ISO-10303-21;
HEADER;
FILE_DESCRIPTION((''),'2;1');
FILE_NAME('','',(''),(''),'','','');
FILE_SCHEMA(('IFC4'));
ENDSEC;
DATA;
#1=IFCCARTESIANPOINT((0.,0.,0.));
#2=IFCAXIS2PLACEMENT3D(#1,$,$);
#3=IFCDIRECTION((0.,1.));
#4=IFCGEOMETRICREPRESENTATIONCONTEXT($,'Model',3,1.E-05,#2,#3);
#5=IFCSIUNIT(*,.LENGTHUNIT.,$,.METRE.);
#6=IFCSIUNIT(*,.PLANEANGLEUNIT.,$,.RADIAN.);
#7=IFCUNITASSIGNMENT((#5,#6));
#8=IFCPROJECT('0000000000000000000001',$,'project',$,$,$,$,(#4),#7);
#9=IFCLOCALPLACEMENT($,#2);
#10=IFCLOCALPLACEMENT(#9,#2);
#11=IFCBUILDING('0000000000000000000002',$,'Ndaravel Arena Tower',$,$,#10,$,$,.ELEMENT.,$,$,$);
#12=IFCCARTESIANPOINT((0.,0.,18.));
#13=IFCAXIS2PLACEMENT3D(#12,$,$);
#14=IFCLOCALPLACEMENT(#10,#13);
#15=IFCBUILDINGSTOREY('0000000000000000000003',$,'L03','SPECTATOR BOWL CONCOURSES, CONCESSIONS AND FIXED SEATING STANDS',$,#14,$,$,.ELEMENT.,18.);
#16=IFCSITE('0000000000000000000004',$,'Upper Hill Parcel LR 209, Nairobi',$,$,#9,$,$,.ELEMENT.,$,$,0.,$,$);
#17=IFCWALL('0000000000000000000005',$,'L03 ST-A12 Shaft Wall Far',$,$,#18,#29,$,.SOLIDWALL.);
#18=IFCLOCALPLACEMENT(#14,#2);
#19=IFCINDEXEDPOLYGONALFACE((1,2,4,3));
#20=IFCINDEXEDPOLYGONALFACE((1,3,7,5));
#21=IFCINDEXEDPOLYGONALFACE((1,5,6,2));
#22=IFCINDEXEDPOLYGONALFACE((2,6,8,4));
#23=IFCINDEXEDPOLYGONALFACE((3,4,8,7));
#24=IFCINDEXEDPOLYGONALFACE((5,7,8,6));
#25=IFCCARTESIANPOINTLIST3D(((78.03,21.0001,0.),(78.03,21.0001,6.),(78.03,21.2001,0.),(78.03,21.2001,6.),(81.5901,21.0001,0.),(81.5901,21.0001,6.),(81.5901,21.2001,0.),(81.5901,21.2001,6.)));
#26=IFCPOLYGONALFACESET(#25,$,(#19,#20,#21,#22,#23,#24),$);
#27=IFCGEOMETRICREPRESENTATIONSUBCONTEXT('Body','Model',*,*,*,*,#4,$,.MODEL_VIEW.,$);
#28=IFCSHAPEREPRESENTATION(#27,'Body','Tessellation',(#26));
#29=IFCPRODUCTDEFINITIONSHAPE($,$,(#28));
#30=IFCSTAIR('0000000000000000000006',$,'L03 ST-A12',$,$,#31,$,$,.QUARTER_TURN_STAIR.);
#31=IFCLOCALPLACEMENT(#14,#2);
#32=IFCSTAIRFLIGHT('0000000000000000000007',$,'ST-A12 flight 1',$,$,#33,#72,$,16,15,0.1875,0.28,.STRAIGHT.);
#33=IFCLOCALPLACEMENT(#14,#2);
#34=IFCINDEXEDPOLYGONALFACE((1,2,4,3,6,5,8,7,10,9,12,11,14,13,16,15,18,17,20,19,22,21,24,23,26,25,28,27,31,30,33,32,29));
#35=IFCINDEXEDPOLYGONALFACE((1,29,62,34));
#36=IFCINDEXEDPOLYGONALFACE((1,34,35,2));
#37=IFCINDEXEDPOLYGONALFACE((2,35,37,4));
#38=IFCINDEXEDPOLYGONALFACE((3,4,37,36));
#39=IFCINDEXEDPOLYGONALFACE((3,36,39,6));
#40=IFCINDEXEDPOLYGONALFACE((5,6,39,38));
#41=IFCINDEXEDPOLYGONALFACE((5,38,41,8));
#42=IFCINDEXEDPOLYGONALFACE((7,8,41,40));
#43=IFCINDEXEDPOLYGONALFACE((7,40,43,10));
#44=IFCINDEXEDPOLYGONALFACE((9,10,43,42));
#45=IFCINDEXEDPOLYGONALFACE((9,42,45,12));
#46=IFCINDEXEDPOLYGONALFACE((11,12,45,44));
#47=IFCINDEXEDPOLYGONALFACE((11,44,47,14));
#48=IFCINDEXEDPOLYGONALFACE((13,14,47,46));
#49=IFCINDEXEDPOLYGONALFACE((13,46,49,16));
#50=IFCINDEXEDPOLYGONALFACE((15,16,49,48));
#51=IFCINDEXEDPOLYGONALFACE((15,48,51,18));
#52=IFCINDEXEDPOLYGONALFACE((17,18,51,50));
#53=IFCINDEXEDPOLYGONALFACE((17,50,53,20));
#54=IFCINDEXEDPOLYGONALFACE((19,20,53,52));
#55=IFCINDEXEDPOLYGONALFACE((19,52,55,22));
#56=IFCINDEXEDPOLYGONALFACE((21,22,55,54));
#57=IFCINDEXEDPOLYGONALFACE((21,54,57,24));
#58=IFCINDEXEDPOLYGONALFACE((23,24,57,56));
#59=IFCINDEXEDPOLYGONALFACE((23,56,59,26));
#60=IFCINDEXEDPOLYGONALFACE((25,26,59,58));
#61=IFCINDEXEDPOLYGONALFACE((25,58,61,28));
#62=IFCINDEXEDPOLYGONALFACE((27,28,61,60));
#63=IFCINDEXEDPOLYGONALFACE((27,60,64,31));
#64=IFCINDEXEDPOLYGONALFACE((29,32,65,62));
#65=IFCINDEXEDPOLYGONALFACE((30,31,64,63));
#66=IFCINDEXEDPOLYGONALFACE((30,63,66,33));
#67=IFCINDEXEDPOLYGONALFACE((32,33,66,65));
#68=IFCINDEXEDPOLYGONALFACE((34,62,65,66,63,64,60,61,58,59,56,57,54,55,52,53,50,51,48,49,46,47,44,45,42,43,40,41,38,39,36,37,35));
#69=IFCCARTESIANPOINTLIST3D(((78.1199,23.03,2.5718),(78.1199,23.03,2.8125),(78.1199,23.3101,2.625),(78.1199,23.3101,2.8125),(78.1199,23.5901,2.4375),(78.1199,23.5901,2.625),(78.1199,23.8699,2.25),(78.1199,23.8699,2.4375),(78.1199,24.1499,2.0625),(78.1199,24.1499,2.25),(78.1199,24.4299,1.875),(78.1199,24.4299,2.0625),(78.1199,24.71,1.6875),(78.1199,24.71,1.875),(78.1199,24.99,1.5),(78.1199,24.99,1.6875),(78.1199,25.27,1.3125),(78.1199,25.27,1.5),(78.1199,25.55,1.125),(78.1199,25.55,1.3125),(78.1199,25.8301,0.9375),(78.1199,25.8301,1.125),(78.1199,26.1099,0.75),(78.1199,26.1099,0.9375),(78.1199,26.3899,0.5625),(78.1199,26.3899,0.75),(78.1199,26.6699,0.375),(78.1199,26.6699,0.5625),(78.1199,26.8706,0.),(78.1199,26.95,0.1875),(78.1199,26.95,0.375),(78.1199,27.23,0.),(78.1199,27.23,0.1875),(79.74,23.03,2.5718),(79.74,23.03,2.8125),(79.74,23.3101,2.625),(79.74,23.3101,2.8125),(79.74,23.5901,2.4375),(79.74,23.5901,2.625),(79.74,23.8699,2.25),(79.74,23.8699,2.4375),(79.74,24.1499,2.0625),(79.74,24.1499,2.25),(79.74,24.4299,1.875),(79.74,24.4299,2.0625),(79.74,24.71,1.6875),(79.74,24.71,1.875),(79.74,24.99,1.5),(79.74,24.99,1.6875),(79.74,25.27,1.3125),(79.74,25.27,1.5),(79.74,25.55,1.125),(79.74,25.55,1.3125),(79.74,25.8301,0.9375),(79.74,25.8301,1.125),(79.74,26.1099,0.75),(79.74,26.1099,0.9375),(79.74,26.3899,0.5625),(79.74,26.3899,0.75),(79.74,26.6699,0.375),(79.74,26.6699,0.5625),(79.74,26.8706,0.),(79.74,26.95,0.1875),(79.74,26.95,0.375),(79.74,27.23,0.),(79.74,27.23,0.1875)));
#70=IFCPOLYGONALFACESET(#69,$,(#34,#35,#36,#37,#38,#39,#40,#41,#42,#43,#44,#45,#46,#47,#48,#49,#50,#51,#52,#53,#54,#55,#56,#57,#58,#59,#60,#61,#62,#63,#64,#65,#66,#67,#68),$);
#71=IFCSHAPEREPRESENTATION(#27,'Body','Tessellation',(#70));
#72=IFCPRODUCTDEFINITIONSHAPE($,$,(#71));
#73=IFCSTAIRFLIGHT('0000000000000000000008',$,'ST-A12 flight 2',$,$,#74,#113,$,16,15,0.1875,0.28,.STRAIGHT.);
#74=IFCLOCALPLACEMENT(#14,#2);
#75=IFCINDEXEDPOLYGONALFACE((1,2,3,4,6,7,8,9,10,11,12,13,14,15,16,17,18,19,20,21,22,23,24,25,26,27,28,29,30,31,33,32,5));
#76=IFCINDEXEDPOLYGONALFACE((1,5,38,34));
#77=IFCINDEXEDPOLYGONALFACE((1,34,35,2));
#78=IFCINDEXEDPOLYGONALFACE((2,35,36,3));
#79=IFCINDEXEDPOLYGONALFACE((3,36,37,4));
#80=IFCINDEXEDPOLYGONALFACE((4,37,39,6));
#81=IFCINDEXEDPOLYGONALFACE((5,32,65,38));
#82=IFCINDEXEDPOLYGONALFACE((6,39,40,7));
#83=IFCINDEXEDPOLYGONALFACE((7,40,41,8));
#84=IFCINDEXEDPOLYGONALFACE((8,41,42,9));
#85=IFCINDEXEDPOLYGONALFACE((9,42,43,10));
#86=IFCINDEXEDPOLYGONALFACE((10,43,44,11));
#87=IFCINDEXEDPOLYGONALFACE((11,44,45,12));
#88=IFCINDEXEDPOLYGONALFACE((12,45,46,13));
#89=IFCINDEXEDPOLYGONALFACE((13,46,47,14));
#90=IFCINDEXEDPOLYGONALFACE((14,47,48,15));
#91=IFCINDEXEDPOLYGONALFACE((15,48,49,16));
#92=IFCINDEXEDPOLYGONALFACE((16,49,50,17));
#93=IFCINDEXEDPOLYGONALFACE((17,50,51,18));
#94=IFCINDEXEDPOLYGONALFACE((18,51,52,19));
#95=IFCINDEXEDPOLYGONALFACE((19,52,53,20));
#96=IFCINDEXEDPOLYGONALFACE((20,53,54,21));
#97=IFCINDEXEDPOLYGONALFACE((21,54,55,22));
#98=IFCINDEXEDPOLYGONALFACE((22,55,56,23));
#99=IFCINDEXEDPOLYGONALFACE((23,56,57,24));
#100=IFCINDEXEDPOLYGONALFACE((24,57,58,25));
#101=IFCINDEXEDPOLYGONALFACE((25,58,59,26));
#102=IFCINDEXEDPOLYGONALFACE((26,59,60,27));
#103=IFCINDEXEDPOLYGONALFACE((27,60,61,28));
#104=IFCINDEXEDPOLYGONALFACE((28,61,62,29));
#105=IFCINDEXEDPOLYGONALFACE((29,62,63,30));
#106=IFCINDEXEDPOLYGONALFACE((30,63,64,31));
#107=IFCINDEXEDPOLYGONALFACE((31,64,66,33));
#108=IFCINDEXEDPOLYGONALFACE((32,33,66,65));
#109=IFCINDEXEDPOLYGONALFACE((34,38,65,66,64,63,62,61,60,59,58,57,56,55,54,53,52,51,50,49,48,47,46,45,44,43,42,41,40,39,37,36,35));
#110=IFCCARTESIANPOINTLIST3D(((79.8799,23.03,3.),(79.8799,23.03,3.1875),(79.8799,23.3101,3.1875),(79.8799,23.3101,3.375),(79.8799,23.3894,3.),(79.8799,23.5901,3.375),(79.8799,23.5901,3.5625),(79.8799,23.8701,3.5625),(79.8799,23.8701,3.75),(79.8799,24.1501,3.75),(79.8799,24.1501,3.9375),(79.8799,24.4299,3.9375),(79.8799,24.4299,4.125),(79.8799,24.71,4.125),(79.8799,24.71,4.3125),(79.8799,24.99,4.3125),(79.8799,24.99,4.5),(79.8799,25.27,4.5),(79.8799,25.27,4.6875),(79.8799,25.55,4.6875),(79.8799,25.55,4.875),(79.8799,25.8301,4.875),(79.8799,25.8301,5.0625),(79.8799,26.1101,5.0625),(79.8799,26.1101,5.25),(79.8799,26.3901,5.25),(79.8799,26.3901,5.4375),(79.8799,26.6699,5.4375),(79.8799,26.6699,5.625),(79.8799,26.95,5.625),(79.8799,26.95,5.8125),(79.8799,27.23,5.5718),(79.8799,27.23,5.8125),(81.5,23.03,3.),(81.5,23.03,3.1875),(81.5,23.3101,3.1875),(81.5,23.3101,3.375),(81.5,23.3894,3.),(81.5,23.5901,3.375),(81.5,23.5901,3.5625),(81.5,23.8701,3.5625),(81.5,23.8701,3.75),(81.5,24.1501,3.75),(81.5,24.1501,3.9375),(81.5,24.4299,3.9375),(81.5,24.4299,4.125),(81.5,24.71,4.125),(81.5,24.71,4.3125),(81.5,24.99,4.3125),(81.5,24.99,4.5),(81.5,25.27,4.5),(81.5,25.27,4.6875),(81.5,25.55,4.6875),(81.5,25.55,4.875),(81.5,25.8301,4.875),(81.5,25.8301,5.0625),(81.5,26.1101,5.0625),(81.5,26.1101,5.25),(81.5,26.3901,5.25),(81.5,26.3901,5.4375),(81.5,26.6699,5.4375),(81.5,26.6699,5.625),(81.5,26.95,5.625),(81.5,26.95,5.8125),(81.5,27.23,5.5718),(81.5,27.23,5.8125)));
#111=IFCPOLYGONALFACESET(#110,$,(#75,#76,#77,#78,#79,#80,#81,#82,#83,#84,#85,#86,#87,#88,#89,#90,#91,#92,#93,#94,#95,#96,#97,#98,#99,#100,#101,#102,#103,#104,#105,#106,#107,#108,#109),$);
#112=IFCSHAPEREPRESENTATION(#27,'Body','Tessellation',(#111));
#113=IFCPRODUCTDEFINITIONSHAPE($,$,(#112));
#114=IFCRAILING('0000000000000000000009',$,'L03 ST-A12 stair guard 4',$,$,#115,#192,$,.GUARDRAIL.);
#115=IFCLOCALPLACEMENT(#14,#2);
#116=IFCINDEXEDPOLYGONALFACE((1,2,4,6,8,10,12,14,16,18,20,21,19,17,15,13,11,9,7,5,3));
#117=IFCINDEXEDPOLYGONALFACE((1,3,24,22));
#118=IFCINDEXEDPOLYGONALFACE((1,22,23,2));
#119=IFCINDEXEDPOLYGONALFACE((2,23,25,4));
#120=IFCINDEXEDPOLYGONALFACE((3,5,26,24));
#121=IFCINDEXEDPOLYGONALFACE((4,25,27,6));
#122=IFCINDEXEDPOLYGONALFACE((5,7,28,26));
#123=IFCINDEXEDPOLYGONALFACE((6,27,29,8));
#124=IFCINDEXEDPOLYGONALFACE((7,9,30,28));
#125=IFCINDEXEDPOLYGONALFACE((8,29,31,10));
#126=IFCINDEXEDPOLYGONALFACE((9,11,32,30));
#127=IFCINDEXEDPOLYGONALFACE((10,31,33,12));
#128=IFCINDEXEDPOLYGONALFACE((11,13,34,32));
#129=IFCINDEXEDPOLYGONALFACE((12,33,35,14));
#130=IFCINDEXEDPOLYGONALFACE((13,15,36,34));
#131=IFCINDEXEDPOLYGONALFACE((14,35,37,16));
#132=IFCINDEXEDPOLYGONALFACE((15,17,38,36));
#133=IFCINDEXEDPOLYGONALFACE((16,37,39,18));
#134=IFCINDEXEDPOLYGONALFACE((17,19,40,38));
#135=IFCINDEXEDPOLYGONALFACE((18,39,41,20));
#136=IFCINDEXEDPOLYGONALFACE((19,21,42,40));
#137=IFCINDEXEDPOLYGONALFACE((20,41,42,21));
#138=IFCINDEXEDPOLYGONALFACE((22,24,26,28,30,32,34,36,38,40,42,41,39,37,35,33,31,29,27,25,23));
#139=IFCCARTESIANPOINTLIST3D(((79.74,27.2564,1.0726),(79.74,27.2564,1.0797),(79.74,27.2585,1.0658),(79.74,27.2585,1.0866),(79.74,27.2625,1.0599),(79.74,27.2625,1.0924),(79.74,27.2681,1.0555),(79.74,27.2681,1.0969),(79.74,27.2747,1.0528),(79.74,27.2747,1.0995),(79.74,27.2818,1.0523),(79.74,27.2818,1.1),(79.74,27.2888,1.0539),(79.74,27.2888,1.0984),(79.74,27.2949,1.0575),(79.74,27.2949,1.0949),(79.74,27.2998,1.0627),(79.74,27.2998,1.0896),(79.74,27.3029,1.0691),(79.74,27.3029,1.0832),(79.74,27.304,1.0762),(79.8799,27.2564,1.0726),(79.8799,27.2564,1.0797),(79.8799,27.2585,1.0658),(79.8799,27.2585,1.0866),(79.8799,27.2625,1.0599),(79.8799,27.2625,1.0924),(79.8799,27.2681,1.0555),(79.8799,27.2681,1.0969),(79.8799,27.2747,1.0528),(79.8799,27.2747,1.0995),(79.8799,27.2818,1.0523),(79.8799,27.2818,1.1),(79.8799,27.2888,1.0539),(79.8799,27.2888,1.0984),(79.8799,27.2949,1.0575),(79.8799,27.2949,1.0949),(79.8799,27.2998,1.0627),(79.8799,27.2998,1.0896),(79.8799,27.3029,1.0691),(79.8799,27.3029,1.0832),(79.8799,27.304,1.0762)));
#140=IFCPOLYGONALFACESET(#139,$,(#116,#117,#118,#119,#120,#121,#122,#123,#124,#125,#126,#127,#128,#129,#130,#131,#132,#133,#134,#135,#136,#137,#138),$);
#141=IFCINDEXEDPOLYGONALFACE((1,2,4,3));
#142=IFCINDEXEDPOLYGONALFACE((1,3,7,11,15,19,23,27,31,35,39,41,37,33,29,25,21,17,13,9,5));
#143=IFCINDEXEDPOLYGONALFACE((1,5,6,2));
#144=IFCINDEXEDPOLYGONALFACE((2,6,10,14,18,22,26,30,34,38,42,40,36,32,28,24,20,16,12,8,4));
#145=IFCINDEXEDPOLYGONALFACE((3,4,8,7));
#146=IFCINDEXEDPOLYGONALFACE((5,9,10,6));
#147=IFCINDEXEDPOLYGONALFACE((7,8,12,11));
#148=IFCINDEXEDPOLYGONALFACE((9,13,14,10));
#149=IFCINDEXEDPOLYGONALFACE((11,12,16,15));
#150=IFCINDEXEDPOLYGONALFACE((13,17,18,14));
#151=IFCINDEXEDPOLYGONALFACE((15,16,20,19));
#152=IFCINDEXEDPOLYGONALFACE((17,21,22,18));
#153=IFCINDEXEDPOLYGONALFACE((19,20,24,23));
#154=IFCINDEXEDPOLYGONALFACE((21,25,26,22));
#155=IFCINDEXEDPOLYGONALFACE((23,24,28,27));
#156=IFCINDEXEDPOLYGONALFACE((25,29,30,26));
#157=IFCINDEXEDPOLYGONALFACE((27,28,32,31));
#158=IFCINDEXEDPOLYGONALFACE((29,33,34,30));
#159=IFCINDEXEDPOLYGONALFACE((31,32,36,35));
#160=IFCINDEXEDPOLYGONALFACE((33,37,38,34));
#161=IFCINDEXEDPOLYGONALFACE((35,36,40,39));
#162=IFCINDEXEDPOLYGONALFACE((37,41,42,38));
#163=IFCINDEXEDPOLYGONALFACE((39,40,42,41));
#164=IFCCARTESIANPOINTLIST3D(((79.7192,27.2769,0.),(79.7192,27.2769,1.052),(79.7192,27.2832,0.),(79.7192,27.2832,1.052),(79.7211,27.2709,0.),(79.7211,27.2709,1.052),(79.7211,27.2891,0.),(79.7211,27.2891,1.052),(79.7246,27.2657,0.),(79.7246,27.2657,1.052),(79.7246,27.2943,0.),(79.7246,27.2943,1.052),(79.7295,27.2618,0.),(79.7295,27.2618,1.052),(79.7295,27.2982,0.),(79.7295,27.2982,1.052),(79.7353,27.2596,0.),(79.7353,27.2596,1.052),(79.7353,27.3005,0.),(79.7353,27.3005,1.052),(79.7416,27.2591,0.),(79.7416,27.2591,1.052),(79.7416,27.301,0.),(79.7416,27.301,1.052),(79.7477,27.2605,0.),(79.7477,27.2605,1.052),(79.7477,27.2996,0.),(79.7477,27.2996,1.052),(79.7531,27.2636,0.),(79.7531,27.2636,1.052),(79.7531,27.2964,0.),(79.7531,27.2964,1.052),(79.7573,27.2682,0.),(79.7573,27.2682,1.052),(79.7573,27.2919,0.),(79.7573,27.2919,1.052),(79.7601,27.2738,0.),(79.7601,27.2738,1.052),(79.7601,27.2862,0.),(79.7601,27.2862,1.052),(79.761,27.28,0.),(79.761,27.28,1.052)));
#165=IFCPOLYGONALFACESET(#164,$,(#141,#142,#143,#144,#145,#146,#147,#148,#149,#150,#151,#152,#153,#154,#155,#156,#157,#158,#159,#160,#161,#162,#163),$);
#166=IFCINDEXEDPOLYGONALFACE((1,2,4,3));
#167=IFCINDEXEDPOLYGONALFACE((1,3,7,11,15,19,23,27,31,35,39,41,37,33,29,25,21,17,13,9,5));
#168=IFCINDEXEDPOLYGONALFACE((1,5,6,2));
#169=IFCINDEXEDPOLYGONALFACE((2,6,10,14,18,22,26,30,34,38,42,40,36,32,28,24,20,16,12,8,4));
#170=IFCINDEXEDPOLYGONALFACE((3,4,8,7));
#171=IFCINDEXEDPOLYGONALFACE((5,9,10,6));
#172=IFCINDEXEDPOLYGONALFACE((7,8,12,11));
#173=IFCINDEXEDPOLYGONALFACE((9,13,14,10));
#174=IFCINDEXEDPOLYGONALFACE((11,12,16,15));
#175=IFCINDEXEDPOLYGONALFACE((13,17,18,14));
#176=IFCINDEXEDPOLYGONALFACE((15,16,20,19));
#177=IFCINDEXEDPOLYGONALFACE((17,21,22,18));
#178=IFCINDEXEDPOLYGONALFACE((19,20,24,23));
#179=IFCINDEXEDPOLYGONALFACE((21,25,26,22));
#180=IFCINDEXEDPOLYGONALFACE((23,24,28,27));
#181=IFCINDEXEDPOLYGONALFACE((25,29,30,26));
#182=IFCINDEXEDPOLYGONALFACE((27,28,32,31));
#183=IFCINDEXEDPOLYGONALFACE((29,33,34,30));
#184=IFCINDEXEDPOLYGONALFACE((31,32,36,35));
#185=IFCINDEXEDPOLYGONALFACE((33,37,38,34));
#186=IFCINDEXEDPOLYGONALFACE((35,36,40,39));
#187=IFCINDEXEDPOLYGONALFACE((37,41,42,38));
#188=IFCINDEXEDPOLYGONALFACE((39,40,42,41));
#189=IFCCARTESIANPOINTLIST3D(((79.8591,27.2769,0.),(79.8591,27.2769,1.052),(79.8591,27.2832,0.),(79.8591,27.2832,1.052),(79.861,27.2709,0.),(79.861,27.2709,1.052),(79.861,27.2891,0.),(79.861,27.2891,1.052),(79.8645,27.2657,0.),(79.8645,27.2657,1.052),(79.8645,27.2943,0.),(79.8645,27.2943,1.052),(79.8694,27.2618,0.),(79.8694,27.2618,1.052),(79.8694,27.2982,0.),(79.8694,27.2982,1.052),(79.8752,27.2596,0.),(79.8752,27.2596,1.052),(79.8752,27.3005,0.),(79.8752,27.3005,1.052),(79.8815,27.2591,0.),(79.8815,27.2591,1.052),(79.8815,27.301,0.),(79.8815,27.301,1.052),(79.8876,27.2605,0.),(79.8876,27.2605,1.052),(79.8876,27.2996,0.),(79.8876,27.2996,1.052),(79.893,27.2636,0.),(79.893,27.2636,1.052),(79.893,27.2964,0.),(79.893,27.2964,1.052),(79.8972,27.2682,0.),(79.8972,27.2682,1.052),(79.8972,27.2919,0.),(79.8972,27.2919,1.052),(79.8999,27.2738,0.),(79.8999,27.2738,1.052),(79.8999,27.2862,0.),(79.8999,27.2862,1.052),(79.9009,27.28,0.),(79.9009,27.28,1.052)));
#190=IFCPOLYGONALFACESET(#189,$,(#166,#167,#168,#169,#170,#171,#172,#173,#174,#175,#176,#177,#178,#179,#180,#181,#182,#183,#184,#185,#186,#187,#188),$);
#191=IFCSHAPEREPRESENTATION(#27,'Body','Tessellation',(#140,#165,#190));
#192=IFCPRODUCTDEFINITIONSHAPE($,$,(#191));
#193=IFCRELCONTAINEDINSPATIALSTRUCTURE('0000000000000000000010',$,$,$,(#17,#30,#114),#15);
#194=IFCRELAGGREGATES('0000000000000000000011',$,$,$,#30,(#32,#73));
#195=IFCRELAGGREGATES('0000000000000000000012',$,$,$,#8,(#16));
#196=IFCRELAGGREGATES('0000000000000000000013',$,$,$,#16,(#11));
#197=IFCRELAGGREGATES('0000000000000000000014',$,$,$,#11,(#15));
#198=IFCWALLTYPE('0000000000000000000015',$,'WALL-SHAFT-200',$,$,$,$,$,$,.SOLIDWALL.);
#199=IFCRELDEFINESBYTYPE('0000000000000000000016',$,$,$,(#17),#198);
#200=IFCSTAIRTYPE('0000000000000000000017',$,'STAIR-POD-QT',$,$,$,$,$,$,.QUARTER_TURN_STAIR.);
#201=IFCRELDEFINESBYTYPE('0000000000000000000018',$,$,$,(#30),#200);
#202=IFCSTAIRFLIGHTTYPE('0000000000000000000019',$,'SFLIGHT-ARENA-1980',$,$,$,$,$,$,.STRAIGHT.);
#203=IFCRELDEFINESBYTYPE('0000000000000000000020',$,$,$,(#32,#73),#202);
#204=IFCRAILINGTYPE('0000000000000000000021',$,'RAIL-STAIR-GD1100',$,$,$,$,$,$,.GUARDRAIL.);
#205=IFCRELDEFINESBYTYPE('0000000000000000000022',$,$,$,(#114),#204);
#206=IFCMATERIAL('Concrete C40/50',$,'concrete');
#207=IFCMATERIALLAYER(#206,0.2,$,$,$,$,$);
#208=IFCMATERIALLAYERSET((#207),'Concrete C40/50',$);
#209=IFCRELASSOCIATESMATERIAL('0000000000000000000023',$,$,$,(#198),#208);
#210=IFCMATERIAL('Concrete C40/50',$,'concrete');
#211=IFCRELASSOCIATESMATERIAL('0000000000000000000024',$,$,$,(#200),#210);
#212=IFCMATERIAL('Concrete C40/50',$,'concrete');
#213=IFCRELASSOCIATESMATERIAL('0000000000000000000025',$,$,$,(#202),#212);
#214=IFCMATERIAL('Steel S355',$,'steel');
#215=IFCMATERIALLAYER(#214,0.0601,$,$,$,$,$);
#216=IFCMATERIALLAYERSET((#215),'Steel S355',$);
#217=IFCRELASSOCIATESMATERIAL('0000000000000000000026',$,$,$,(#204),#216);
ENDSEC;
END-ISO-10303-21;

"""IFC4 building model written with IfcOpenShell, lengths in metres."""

from ifc_helpers import new_model, si_unit, direction, frame, frame_2d, origin, origin_2d, place, context, subcontext, project, spatial, polyline, rectangle, circle, outline, extrude, material, layer, layer_set, type_object, element, aggregate, save


model = new_model("IFC4")

# Units and contexts
model_context = context("Model", 3, precision=1e-05, world=origin(), true_north=direction((0.0, 1.0)))
body_context = subcontext(model_context, "Body", "Model", "MODEL_VIEW")
ifc_project = project(units=[si_unit("LENGTHUNIT", "METRE"), si_unit("PLANEANGLEUNIT", "RADIAN")], contexts=[model_context])

# Site, building, storey
site_placement = place(None, origin())
site = spatial("IfcSite", under=ifc_project, at=site_placement, Name="Upper Hill Parcel LR 209, Nairobi", CompositionType="ELEMENT", RefElevation=0.0)
building_placement = place(site_placement, origin())
building = spatial("IfcBuilding", under=site, at=building_placement, Name="Ndaravel Arena Tower", CompositionType="ELEMENT")
storey_placement = place(building_placement, frame((0.0, 0.0, 18.0)))
storey = spatial("IfcBuildingStorey", under=building, at=storey_placement, Name="L03", Description="SPECTATOR BOWL CONCOURSES, CONCESSIONS AND FIXED SEATING STANDS", CompositionType="ELEMENT", Elevation=18.0)

# Wall
ifc_material_1 = material(Name="Concrete C40/50", Category="concrete")
ifc_layer_1 = layer(ifc_material_1, 0.2)
ifc_layer_set_1 = layer_set([ifc_layer_1], Name="Concrete C40/50")
wall_type_1 = type_object("IfcWallType", Name="WALL-SHAFT-200", PredefinedType="SOLIDWALL", material=ifc_layer_set_1)
wall_1_placement = place(storey_placement, frame((78.03, 21.1001, 0.0), z_axis=(0.0, 0.0, 1.0), x_axis=(1.0, 0.0, 0.0)))
element("IfcWall", 1, at=wall_1_placement, inside=storey, type_object=wall_type_1, Name="L03 ST-A12 Shaft Wall Far", PredefinedType="SOLIDWALL", context=body_context, shape_type="SweptSolid", body=[
    extrude(rectangle(XDim=3.5601, YDim=0.2, at=frame_2d((1.78, 0.0))), origin(), (0.0, 0.0, 1.0), 6.0),
])

# Stair, stair flights
ifc_material_2 = material(Name="Concrete C40/50", Category="concrete")
stair_type = type_object("IfcStairType", Name="STAIR-POD-QT", PredefinedType="QUARTER_TURN_STAIR", material=ifc_material_2)
stair_placement = place(storey_placement, origin())
stair = element("IfcStair", 2, at=stair_placement, inside=storey, type_object=stair_type, Name="L03 ST-A12", PredefinedType="QUARTER_TURN_STAIR")
ifc_material_3 = material(Name="Concrete C40/50", Category="concrete")
stair_flight_type = type_object("IfcStairFlightType", Name="SFLIGHT-ARENA-1980", PredefinedType="STRAIGHT", material=ifc_material_3)
stair_flight_1_placement = place(storey_placement, frame((78.9299, 27.23, 0.0), z_axis=(0.0, 0.0, 1.0), x_axis=(0.0, -1.0, 0.0)))
stair_flight_1 = element("IfcStairFlight", 3, at=stair_flight_1_placement, type_object=stair_flight_type, Name="ST-A12 flight 1", NumberOfRisers=16, NumberOfTreads=15, PredefinedType="STRAIGHT", RiserHeight=0.1875, TreadLength=0.28, context=body_context, shape_type="SweptSolid", body=[
    extrude(outline(polyline([(0.0, 0.0), (0.0, 0.1875), (0.28, 0.1875), (0.28, 0.375), (0.5601, 0.375), (0.5601, 0.5625), (0.8401, 0.5625), (0.8401, 0.75), (1.1201, 0.75), (1.1201, 0.9375), (1.3999, 0.9375), (1.3999, 1.125), (1.6799, 1.125), (1.6799, 1.3125), (1.96, 1.3125), (1.96, 1.5), (2.24, 1.5), (2.24, 1.6875), (2.52, 1.6875), (2.52, 1.875), (2.8, 1.875), (2.8, 2.0625), (3.0801, 2.0625), (3.0801, 2.25), (3.3601, 2.25), (3.3601, 2.4375), (3.6399, 2.4375), (3.6399, 2.625), (3.9199, 2.625), (3.9199, 2.8125), (4.2, 2.8125), (4.2, 3.0), (4.2, 2.5718), (0.3594, 0.0), (0.0, 0.0)])), frame((0.0, 0.8101, 0.0), z_axis=(0.0, -1.0, 0.0), x_axis=(1.0, 0.0, 0.0)), (0.0, 0.0, 1.0), 1.6201),
])
stair_flight_2_placement = place(storey_placement, frame((80.6899, 23.03, 3.0), z_axis=(0.0, 0.0, 1.0), x_axis=(0.0, 1.0, 0.0)))
stair_flight_2 = element("IfcStairFlight", 4, at=stair_flight_2_placement, type_object=stair_flight_type, Name="ST-A12 flight 2", NumberOfRisers=16, NumberOfTreads=15, PredefinedType="STRAIGHT", RiserHeight=0.1875, TreadLength=0.28, context=body_context, shape_type="SweptSolid", body=[
    extrude(outline(polyline([(0.0, 0.0), (0.0, 0.1875), (0.28, 0.1875), (0.28, 0.375), (0.5601, 0.375), (0.5601, 0.5625), (0.8401, 0.5625), (0.8401, 0.75), (1.1201, 0.75), (1.1201, 0.9375), (1.3999, 0.9375), (1.3999, 1.125), (1.6799, 1.125), (1.6799, 1.3125), (1.96, 1.3125), (1.96, 1.5), (2.24, 1.5), (2.24, 1.6875), (2.52, 1.6875), (2.52, 1.875), (2.8, 1.875), (2.8, 2.0625), (3.0801, 2.0625), (3.0801, 2.25), (3.3601, 2.25), (3.3601, 2.4375), (3.6399, 2.4375), (3.6399, 2.625), (3.9199, 2.625), (3.9199, 2.8125), (4.2, 2.8125), (4.2, 3.0), (4.2, 2.5718), (0.3594, 0.0), (0.0, 0.0)])), frame((0.0, 0.8101, 0.0), z_axis=(0.0, -1.0, 0.0), x_axis=(1.0, 0.0, 0.0)), (0.0, 0.0, 1.0), 1.6201),
])
aggregate(stair, [stair_flight_1, stair_flight_2])

# Railing
ifc_material_4 = material(Name="Steel S355", Category="steel")
ifc_layer_2 = layer(ifc_material_4, 0.0601)
ifc_layer_set_2 = layer_set([ifc_layer_2], Name="Steel S355")
railing_type_1 = type_object("IfcRailingType", Name="RAIL-STAIR-GD1100", PredefinedType="GUARDRAIL", material=ifc_layer_set_2)
railing_1_placement = place(storey_placement, frame((79.74, 27.28, 0.0)))
element("IfcRailing", 5, at=railing_1_placement, inside=storey, type_object=railing_type_1, Name="L03 ST-A12 stair guard 4", PredefinedType="GUARDRAIL", context=body_context, shape_type="SweptSolid", body=[
    extrude(circle(Radius=0.0239, at=origin_2d()), frame((0.0, 0.0, 1.0762), z_axis=(1.0, 0.0, 0.0), x_axis=(0.0, 1.0, 0.0)), (0.0, 0.0, 1.0), 0.1399),
    extrude(circle(Radius=0.021, at=origin_2d()), origin(), (0.0, 0.0, 1.0), 1.052),
    extrude(circle(Radius=0.021, at=origin_2d()), frame((0.1399, 0.0, 0.0)), (0.0, 0.0, 1.0), 1.052),
])

save(model, "model.ifc")
